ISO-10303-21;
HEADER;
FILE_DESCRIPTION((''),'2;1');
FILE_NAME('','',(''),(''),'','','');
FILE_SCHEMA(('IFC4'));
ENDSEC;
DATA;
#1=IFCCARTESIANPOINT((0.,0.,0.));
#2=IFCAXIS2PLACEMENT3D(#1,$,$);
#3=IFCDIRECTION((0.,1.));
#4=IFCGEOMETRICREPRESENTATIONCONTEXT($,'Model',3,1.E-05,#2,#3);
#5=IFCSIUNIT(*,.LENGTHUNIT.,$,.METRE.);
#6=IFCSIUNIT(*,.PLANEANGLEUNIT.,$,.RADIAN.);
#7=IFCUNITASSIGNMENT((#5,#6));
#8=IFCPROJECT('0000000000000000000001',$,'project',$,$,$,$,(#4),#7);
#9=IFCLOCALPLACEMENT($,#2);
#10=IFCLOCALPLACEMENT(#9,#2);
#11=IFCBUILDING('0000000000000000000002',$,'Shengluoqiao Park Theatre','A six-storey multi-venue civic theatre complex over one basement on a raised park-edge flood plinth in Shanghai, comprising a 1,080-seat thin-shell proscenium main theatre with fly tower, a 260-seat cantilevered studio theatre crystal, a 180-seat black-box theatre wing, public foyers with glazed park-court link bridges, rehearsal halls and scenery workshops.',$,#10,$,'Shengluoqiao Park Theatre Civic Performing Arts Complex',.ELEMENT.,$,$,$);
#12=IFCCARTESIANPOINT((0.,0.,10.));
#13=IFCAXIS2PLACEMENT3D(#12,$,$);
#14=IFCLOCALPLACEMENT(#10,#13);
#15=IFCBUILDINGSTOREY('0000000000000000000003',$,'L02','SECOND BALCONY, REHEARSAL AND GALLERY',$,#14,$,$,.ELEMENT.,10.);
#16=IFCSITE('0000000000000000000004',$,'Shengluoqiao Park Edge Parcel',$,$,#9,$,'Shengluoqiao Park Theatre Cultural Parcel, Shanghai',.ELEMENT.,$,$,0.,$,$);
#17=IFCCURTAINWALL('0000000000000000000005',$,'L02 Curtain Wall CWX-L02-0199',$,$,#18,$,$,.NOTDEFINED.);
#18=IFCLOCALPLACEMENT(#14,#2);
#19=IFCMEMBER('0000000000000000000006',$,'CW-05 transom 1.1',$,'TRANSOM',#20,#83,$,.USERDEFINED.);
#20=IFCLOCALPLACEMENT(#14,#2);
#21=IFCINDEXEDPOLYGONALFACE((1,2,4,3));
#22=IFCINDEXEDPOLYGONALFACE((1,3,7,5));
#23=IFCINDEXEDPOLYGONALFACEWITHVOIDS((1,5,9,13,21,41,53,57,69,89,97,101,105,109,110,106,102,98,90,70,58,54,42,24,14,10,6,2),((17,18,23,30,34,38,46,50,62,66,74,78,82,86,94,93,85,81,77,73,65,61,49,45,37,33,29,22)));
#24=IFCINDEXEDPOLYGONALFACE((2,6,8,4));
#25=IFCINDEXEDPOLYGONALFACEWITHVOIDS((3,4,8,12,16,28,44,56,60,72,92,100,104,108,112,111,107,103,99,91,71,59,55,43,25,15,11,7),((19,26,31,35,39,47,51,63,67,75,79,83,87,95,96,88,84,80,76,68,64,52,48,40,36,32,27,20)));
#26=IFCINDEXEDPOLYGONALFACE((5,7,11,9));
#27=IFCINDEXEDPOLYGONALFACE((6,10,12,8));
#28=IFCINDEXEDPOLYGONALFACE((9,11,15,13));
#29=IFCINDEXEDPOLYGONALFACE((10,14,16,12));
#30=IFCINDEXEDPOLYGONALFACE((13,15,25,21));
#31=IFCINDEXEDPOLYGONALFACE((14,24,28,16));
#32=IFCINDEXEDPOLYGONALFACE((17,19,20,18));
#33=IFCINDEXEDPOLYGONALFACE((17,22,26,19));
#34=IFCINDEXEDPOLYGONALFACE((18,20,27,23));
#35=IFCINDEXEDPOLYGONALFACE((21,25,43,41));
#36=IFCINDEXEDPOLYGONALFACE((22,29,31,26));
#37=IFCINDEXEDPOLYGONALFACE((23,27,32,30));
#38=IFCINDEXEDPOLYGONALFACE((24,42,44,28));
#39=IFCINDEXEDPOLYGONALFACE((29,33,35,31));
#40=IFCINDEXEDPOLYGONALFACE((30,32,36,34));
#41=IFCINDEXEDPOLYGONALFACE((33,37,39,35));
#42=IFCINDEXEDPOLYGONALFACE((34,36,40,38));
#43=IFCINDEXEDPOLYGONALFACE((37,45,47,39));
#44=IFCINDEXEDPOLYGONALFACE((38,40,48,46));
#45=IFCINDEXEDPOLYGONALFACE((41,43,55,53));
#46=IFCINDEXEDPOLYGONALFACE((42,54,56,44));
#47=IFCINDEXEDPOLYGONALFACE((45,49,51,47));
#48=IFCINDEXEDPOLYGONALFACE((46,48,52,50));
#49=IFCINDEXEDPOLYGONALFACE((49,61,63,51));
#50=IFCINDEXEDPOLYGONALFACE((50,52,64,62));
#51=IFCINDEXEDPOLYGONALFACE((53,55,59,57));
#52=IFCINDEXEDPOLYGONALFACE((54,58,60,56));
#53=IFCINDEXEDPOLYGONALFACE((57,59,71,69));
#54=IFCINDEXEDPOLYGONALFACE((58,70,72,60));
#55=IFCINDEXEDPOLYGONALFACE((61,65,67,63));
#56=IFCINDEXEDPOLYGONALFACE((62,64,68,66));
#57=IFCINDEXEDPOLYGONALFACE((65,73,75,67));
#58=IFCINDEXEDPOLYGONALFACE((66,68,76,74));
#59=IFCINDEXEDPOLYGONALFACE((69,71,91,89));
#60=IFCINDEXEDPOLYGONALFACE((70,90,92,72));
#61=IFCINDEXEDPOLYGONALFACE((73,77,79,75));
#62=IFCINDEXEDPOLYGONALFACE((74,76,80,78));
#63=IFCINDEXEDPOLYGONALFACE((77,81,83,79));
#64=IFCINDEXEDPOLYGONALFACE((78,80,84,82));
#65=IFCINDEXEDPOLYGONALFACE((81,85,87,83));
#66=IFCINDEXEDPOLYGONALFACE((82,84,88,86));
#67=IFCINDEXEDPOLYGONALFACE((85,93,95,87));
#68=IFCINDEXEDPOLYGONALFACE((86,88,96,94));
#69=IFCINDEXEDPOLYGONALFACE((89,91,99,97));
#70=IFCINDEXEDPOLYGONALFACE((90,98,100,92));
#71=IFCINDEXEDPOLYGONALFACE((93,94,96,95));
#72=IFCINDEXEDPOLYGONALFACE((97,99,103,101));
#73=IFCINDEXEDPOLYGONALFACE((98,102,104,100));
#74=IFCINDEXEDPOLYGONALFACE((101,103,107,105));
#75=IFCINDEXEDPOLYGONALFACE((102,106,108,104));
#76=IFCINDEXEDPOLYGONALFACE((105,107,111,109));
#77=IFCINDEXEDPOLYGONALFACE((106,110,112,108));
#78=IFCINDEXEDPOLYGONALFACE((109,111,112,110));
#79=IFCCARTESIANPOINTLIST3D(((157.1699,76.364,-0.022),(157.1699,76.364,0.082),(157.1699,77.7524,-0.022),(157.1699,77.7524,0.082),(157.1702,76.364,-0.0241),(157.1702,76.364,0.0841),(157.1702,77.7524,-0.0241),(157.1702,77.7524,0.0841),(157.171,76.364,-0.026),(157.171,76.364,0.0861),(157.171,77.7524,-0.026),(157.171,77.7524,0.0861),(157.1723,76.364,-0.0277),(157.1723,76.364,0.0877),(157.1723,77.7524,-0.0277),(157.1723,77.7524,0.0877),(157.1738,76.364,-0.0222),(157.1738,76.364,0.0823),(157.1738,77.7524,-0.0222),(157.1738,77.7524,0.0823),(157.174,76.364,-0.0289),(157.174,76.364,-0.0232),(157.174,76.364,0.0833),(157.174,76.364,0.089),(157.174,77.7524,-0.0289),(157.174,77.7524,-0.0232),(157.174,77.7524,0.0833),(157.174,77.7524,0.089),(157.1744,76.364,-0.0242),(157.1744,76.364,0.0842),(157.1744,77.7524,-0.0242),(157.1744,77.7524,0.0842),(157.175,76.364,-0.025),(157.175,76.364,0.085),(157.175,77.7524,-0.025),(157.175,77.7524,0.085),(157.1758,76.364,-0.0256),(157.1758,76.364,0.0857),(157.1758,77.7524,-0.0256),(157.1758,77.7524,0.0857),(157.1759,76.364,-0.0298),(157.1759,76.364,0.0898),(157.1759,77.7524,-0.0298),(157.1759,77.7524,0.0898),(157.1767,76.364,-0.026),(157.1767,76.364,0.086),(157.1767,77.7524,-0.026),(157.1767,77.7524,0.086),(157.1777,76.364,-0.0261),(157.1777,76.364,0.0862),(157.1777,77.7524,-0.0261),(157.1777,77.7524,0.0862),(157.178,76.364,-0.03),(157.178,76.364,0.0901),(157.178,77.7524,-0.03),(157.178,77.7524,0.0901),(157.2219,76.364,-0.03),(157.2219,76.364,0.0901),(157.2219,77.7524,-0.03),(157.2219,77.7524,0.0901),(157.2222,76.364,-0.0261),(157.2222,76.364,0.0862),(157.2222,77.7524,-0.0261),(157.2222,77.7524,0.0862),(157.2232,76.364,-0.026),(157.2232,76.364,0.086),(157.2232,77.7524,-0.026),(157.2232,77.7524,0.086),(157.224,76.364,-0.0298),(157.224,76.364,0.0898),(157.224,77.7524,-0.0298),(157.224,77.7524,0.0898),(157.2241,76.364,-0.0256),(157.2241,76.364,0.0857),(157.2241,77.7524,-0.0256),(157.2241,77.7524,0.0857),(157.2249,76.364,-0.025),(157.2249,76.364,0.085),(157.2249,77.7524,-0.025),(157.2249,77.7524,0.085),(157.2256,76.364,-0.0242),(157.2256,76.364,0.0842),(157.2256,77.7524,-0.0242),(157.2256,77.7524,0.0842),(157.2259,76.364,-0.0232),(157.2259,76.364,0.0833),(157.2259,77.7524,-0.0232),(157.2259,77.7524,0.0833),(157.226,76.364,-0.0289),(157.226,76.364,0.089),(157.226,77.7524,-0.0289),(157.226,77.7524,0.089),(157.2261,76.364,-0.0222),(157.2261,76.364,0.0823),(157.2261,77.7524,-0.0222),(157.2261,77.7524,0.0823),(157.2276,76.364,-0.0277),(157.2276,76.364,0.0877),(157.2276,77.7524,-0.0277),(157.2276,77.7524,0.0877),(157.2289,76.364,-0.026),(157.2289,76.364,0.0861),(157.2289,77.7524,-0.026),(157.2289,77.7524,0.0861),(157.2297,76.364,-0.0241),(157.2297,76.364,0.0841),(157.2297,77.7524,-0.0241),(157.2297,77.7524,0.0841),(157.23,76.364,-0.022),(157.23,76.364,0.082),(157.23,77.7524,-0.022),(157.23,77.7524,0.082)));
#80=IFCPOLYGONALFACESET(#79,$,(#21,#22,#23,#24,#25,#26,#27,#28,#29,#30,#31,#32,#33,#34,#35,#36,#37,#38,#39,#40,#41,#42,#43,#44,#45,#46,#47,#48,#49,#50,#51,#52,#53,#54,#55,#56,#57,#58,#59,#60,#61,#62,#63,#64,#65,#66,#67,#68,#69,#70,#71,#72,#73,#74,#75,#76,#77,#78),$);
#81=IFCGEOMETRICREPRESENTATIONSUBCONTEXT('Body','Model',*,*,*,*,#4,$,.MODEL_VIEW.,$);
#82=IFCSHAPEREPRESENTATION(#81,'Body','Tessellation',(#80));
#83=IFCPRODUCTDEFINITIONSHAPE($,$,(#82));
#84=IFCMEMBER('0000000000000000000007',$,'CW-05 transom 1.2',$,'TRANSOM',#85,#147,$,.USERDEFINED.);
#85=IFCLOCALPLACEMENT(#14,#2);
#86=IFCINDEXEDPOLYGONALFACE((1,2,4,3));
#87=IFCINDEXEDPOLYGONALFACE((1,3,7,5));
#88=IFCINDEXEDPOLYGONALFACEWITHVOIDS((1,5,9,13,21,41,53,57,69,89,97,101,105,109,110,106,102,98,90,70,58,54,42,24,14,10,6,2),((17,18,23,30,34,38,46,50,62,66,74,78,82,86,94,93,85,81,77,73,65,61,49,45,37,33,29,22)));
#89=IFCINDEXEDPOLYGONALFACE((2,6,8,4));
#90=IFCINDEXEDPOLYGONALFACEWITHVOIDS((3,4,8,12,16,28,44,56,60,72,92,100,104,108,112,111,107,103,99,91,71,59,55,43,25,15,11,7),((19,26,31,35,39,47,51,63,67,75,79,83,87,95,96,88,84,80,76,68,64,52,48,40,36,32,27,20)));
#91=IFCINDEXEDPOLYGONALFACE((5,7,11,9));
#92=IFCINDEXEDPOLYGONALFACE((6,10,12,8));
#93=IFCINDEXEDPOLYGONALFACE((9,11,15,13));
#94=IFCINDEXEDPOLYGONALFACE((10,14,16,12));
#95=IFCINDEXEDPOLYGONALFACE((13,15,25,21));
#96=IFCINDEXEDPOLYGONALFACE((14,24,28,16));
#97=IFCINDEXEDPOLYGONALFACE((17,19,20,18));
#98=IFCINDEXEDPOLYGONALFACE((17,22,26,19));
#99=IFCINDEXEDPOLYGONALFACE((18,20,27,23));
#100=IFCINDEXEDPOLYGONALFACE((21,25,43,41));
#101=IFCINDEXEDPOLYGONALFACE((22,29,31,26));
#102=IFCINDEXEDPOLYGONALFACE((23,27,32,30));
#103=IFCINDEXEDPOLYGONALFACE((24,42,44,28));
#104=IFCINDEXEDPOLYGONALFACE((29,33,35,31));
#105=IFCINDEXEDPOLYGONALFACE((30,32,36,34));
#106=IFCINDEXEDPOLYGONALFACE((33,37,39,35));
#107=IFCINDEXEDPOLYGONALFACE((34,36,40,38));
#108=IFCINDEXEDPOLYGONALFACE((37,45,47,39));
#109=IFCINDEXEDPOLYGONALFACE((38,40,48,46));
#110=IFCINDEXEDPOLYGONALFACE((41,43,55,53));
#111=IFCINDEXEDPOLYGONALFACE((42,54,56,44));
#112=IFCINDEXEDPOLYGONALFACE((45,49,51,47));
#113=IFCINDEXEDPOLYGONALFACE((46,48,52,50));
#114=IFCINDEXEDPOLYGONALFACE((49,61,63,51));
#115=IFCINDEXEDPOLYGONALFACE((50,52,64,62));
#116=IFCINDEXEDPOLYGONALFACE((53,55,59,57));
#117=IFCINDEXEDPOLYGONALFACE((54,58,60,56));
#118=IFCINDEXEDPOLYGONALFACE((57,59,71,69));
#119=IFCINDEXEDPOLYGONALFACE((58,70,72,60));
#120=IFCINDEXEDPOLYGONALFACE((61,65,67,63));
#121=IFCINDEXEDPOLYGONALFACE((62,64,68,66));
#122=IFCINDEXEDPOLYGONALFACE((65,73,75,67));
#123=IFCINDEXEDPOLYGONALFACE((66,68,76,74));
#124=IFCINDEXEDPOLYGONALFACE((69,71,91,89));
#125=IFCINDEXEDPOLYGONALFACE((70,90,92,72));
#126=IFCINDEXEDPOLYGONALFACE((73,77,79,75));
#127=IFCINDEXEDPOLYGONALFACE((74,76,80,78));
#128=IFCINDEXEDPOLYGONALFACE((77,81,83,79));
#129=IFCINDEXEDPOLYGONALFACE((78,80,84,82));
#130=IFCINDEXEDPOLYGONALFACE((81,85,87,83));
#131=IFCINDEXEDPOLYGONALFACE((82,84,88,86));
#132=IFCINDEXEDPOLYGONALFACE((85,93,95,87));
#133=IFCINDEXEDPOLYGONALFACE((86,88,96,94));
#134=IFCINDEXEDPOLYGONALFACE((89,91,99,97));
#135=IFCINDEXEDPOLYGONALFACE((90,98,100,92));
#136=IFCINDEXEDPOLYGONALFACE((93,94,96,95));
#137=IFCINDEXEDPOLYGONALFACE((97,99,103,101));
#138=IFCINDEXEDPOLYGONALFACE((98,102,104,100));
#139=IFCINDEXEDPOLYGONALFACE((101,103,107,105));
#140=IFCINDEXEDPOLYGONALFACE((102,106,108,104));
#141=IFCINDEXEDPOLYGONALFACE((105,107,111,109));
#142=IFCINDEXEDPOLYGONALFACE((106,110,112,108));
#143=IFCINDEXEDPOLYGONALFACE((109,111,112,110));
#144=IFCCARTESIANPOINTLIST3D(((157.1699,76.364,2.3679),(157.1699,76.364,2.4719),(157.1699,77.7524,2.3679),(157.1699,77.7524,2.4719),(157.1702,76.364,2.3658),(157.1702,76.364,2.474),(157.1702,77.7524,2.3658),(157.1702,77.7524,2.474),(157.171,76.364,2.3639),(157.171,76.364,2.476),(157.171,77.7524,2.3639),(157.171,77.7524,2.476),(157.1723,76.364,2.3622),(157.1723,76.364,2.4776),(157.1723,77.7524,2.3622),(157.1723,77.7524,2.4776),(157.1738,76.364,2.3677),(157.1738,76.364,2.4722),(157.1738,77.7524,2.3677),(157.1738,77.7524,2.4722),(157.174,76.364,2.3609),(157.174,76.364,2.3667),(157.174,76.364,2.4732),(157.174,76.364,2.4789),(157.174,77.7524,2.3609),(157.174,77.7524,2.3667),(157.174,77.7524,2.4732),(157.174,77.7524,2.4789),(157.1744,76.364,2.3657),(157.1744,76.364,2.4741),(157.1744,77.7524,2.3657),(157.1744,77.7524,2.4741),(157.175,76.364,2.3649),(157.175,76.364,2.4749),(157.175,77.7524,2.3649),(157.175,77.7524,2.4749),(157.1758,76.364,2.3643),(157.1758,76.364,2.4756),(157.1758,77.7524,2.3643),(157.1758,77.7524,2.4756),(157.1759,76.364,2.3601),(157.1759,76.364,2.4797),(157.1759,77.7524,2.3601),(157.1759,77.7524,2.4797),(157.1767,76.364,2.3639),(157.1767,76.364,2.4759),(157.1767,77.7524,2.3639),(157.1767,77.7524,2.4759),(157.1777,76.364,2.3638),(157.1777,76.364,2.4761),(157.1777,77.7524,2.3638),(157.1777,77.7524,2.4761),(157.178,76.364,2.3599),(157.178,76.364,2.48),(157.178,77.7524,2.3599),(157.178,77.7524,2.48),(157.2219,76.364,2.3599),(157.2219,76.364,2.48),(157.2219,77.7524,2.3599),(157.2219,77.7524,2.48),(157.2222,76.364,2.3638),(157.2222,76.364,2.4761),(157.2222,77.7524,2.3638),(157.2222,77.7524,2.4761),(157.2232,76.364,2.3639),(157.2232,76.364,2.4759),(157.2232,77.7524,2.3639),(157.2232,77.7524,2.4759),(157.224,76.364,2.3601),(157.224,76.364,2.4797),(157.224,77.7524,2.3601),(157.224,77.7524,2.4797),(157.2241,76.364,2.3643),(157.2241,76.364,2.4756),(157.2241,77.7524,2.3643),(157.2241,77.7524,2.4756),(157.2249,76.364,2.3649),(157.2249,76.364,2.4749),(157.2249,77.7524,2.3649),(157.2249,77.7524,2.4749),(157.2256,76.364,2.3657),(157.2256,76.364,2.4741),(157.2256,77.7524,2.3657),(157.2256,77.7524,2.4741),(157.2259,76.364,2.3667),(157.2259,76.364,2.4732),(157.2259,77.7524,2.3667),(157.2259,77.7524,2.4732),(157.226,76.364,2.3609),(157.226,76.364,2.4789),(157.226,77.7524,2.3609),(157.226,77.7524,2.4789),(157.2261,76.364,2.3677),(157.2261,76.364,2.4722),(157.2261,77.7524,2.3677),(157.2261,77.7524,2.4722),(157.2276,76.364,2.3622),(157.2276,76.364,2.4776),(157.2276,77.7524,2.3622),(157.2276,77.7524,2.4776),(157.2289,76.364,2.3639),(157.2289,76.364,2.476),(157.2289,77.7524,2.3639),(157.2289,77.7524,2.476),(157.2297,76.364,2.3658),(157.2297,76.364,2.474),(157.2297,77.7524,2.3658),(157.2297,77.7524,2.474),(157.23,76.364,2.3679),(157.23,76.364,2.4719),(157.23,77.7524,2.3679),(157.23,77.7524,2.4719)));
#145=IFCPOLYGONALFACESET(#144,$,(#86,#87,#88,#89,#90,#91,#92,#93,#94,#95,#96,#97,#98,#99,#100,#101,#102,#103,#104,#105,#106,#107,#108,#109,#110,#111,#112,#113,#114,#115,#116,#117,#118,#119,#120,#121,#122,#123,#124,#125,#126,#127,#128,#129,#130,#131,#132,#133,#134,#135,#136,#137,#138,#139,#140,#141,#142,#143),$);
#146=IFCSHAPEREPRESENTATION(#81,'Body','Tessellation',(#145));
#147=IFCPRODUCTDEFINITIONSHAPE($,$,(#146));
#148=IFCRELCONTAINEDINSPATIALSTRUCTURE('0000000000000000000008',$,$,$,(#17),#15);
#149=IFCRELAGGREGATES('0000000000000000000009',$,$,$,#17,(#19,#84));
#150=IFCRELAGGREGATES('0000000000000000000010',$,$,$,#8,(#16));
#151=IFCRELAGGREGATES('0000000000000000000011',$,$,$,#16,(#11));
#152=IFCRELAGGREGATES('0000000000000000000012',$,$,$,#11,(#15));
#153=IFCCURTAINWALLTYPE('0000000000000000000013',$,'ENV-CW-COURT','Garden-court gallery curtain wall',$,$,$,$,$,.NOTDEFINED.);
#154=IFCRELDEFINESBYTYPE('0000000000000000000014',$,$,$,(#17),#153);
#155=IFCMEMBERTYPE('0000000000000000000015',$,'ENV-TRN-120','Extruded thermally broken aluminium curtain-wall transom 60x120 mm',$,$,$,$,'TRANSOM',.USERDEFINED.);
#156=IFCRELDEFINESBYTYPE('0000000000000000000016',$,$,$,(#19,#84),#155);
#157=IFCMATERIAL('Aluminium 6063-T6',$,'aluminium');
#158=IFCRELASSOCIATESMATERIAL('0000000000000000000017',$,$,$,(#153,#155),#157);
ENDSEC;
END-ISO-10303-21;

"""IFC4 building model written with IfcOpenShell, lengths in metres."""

from ifc_helpers import new_model, si_unit, direction, frame, origin, origin_2d, place, context, subcontext, project, spatial, hollow_rectangle, extrude, material, material_profile, profile_set, type_object, element, aggregate, save


model = new_model("IFC4")

# Units and contexts
model_context = context("Model", 3, precision=1e-05, world=origin(), true_north=direction((0.0, 1.0)))
body_context = subcontext(model_context, "Body", "Model", "MODEL_VIEW")
ifc_project = project(units=[si_unit("LENGTHUNIT", "METRE"), si_unit("PLANEANGLEUNIT", "RADIAN")], contexts=[model_context])

# Site, building, storey
site_placement = place(None, origin())
site = spatial("IfcSite", under=ifc_project, at=site_placement, Name="Shengluoqiao Park Edge Parcel", LongName="Shengluoqiao Park Theatre Cultural Parcel, Shanghai", CompositionType="ELEMENT", RefElevation=0.0)
building_placement = place(site_placement, origin())
building = spatial("IfcBuilding", under=site, at=building_placement, Name="Shengluoqiao Park Theatre", Description="A six-storey multi-venue civic theatre complex over one basement on a raised park-edge flood plinth in Shanghai, comprising a 1,080-seat thin-shell proscenium main theatre with fly tower, a 260-seat cantilevered studio theatre crystal, a 180-seat black-box theatre wing, public foyers with glazed park-court link bridges, rehearsal halls and scenery workshops.", LongName="Shengluoqiao Park Theatre Civic Performing Arts Complex", CompositionType="ELEMENT")
storey_placement = place(building_placement, frame((0.0, 0.0, 10.0)))
storey = spatial("IfcBuildingStorey", under=building, at=storey_placement, Name="L02", Description="SECOND BALCONY, REHEARSAL AND GALLERY", CompositionType="ELEMENT", Elevation=10.0)

# Curtain wall, members
ifc_material_1 = material(Name="Aluminium 6063-T6", Category="aluminium")
curtain_wall_type = type_object("IfcCurtainWallType", Name="ENV-CW-COURT", Description="Garden-court gallery curtain wall", PredefinedType="NOTDEFINED", material=ifc_material_1)
curtain_wall_placement = place(storey_placement, origin())
curtain_wall = element("IfcCurtainWall", 1, at=curtain_wall_placement, inside=storey, type_object=curtain_wall_type, Name="L02 Curtain Wall CWX-L02-0199", PredefinedType="NOTDEFINED")
ifc_material_profile_1 = material_profile(ifc_material_1, hollow_rectangle(XDim=0.0601, YDim=0.1201, WallThickness=0.0039, InnerFilletRadius=0.0039, OuterFilletRadius=0.0081, at=origin_2d()), Name="ALU TRANSOM 120x60x4")
ifc_profile_set_1 = profile_set([ifc_material_profile_1], Name="Aluminium 6063-T6")
member_type_1 = type_object("IfcMemberType", Name="ENV-TRN-120", Description="Extruded thermally broken aluminium curtain-wall transom 60x120 mm", ElementType="TRANSOM", PredefinedType="USERDEFINED", material=ifc_profile_set_1)
member_1_placement = place(storey_placement, frame((157.2, 76.364, 0.03), z_axis=(0.0, 1.0, 0.0), x_axis=(-1.0, 0.0, 0.0)))
member_1 = element("IfcMember", 2, at=member_1_placement, type_object=member_type_1, Name="CW-05 transom 1.1", ObjectType="TRANSOM", PredefinedType="USERDEFINED", context=body_context, shape_type="SweptSolid", body=[
    extrude(hollow_rectangle(XDim=0.0601, YDim=0.1201, WallThickness=0.0039, InnerFilletRadius=0.0039, OuterFilletRadius=0.0081, at=origin_2d()), origin(), (0.0, 0.0, 1.0), 1.3884),
])
member_2_placement = place(storey_placement, frame((157.2, 76.364, 2.4199), z_axis=(0.0, 1.0, 0.0), x_axis=(-1.0, 0.0, 0.0)))
member_2 = element("IfcMember", 3, at=member_2_placement, type_object=member_type_1, Name="CW-05 transom 1.2", ObjectType="TRANSOM", PredefinedType="USERDEFINED", context=body_context, shape_type="SweptSolid", body=[
    extrude(hollow_rectangle(XDim=0.0601, YDim=0.1201, WallThickness=0.0039, InnerFilletRadius=0.0039, OuterFilletRadius=0.0081, at=origin_2d()), origin(), (0.0, 0.0, 1.0), 1.3884),
])

aggregate(curtain_wall, [member_1, member_2])

save(model, "model.ifc")
